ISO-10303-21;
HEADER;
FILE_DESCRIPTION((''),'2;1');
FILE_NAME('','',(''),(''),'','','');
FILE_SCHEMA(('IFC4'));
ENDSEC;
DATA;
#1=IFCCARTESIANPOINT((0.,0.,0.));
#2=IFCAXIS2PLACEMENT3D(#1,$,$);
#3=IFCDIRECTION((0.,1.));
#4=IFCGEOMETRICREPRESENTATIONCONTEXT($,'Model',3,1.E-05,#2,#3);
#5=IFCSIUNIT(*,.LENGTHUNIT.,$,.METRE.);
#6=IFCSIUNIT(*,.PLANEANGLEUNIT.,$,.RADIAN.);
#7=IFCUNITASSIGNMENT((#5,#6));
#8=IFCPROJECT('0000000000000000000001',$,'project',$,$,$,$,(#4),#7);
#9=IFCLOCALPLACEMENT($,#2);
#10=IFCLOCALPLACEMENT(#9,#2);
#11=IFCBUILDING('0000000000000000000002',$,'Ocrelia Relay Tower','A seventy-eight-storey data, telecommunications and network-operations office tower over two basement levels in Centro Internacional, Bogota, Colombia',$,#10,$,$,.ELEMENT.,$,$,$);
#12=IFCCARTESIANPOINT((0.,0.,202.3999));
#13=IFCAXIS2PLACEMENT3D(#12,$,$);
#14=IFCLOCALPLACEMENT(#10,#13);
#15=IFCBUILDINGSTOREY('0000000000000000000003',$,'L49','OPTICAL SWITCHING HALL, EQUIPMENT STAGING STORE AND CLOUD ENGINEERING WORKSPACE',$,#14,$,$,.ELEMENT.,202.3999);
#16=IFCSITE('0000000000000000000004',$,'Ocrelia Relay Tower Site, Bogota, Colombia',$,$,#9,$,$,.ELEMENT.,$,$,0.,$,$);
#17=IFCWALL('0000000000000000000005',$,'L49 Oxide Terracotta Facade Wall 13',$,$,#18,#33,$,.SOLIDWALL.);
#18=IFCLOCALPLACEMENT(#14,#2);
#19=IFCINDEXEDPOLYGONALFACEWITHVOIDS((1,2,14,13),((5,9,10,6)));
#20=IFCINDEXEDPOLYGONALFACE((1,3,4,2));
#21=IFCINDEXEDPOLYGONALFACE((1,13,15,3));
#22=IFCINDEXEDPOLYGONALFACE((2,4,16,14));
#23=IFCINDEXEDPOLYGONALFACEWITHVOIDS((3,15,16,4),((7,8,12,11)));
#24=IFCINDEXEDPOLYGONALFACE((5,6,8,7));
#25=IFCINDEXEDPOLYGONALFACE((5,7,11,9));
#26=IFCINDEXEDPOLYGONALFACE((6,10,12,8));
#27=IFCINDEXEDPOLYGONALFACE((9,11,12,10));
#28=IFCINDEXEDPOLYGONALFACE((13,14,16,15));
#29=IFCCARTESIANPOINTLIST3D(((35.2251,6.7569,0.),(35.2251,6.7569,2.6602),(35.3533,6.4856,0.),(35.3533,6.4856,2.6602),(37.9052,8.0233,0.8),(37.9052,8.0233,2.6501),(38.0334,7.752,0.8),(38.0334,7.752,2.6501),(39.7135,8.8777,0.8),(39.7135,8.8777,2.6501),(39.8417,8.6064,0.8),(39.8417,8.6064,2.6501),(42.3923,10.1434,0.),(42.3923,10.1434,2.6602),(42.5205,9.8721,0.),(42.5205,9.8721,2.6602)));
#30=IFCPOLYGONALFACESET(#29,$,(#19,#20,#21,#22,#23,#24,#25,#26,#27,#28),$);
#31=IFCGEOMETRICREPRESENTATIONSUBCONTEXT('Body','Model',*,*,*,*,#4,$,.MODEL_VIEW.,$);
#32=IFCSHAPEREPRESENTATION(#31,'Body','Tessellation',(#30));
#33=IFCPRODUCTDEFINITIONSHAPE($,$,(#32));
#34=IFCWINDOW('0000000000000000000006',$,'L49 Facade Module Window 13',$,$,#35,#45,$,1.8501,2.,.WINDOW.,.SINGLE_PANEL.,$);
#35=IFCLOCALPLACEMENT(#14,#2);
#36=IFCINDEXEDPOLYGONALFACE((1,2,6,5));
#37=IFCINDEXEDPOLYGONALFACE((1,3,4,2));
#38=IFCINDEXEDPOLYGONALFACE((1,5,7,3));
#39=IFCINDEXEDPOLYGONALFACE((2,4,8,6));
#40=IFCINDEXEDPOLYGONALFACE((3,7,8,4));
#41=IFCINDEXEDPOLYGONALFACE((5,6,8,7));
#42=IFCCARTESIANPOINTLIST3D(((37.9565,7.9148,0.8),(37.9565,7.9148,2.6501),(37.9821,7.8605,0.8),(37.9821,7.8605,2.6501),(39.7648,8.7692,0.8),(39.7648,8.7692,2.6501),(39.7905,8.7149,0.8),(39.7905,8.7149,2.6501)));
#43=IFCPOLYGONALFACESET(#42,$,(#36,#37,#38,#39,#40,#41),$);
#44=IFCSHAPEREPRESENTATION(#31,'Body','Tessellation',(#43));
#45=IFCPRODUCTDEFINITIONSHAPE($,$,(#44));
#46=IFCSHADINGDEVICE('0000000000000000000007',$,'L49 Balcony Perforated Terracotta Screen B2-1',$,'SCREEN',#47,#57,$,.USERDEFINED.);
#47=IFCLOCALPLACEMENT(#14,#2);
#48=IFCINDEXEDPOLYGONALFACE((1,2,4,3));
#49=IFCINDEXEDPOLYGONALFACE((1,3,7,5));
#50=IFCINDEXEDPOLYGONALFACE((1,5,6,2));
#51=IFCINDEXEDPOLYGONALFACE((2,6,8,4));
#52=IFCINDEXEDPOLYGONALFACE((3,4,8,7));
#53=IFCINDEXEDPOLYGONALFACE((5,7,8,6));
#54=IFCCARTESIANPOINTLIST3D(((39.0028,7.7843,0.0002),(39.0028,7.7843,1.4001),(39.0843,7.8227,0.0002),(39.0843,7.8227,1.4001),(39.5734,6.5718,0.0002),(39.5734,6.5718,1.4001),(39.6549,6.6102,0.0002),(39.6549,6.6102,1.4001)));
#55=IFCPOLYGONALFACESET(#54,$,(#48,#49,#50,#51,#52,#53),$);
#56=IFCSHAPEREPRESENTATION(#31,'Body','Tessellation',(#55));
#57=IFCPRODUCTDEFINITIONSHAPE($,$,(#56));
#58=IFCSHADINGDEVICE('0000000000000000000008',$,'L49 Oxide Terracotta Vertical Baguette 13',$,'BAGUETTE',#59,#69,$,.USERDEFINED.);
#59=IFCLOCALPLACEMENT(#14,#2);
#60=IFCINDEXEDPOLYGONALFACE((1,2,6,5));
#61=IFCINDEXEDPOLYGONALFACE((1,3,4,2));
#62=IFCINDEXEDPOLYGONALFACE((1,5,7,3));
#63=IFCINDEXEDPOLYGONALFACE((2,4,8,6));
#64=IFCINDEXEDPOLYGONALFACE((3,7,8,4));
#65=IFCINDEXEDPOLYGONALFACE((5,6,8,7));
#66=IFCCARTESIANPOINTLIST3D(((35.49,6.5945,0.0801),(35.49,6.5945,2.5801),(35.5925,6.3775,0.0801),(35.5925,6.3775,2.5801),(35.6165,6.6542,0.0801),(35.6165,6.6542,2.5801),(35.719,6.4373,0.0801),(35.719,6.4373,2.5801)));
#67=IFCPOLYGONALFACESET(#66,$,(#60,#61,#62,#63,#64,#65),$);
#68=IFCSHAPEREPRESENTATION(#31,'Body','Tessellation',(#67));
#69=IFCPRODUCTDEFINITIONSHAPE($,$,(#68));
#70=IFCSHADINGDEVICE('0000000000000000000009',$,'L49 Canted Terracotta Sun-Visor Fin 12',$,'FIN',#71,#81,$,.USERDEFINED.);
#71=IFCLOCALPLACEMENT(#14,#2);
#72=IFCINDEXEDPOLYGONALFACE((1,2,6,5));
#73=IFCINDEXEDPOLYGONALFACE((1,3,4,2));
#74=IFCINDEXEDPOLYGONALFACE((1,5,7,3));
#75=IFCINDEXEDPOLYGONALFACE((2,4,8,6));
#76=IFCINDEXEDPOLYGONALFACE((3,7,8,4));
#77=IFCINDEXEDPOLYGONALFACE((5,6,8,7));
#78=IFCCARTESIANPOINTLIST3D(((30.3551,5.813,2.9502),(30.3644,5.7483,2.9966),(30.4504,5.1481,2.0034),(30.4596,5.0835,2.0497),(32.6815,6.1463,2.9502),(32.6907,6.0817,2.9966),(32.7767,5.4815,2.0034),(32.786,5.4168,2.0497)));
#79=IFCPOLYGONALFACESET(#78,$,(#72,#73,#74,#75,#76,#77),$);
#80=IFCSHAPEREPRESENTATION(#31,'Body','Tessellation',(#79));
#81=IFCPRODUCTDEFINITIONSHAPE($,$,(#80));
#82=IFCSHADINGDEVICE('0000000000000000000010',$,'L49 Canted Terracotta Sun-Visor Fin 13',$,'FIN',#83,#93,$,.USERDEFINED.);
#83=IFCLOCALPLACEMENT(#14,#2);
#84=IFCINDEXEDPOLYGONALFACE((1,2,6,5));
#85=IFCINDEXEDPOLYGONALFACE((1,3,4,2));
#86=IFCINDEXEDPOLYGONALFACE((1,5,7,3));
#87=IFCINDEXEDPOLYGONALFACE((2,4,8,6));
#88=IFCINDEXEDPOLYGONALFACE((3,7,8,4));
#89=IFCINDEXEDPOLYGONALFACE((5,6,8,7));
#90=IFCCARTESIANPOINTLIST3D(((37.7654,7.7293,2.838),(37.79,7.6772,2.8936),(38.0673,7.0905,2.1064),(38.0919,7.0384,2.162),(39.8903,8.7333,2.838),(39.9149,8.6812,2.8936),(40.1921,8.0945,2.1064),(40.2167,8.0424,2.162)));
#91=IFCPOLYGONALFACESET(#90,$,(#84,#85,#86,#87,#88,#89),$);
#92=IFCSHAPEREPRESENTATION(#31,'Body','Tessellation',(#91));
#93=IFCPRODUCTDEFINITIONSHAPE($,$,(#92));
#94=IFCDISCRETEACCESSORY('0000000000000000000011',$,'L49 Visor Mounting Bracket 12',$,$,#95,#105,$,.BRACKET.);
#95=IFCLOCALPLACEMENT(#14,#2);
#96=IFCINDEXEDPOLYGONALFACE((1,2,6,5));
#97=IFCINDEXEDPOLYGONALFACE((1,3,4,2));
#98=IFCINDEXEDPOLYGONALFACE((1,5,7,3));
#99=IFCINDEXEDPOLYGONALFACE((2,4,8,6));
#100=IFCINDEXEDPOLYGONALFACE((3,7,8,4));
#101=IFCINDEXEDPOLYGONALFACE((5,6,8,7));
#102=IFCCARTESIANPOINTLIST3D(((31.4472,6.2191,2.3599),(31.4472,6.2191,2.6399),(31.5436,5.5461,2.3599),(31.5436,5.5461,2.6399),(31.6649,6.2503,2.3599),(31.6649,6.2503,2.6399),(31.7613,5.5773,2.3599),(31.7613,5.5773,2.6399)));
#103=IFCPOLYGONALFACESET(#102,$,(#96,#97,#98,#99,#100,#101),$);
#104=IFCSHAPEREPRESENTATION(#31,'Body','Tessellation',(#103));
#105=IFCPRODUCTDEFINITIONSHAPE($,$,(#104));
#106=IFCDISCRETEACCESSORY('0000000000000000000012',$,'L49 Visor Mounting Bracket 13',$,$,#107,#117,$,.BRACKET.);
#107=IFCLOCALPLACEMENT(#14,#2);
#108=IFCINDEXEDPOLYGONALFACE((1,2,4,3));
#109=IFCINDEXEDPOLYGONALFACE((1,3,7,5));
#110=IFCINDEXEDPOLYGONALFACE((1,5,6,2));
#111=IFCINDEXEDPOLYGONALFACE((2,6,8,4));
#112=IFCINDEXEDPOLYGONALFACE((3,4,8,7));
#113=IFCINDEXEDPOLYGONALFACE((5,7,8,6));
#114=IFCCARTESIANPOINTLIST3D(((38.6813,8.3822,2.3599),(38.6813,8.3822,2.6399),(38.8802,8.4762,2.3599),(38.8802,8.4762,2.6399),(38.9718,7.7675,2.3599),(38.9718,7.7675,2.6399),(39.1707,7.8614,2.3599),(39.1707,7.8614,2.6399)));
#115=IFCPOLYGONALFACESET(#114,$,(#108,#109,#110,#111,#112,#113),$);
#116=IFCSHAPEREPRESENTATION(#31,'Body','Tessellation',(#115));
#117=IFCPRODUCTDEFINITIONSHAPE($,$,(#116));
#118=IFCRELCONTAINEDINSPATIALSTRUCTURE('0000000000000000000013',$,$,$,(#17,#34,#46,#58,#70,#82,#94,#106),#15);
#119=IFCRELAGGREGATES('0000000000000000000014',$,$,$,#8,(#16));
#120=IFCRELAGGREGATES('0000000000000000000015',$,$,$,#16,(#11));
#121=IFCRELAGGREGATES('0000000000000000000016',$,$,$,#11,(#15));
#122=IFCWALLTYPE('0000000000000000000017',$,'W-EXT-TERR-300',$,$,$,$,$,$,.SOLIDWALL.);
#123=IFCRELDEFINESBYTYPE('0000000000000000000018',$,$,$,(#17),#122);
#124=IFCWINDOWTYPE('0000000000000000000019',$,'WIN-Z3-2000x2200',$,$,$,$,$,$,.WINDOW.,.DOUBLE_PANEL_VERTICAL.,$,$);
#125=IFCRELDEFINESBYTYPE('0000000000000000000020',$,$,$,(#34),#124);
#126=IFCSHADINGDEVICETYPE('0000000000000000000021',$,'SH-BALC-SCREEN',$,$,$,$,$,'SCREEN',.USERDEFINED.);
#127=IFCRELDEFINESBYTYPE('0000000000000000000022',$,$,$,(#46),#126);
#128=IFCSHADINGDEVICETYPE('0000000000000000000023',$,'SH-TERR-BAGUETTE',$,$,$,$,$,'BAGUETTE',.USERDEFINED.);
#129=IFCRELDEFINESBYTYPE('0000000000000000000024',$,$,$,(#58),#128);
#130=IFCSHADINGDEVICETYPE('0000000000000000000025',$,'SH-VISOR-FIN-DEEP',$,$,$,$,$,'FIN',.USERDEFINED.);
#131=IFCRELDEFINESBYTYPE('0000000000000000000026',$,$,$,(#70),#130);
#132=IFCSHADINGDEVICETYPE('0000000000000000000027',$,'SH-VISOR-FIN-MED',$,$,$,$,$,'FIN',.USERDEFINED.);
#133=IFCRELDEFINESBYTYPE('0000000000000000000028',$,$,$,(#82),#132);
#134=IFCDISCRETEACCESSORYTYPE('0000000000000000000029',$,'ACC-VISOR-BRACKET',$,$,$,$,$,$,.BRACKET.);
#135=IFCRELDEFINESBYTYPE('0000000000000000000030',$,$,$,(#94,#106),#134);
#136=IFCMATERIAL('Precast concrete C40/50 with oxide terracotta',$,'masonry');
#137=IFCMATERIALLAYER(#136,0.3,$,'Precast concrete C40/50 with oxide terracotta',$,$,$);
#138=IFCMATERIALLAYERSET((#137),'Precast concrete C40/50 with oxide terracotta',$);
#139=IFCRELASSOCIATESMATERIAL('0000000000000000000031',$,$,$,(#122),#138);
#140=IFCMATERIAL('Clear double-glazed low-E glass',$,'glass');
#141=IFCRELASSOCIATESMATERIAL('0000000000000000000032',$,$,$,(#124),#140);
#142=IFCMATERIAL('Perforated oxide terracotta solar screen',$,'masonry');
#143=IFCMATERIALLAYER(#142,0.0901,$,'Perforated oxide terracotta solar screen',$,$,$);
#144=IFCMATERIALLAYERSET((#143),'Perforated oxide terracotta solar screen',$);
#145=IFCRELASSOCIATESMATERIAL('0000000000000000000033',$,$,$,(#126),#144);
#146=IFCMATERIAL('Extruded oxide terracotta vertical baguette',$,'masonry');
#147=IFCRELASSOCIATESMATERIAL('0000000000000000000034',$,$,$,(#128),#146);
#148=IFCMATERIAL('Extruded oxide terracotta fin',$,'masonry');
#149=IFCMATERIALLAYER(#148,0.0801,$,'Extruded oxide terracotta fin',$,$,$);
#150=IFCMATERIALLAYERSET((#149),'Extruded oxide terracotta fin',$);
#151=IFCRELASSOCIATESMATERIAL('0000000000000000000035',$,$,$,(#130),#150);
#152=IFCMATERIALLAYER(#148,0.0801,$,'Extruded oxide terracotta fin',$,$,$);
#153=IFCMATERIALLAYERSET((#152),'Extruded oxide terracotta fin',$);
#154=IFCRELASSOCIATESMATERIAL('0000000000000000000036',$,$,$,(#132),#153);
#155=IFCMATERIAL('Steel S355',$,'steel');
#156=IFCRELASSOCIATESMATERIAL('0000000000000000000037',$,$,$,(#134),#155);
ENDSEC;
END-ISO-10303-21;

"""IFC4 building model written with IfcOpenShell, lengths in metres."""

from ifc_helpers import new_model, si_unit, direction, frame, frame_2d, origin, origin_2d, place, context, subcontext, project, spatial, rectangle, extrude, material, layer, layer_set, type_object, element, fill, save


model = new_model("IFC4")

# Units and contexts
model_context = context("Model", 3, precision=1e-05, world=origin(), true_north=direction((0.0, 1.0)))
body_context = subcontext(model_context, "Body", "Model", "MODEL_VIEW")
ifc_project = project(units=[si_unit("LENGTHUNIT", "METRE"), si_unit("PLANEANGLEUNIT", "RADIAN")], contexts=[model_context])

# Site, building, storey
site_placement = place(None, origin())
site = spatial("IfcSite", under=ifc_project, at=site_placement, Name="Ocrelia Relay Tower Site, Bogota, Colombia", CompositionType="ELEMENT", RefElevation=0.0)
building_placement = place(site_placement, origin())
building = spatial("IfcBuilding", under=site, at=building_placement, Name="Ocrelia Relay Tower", Description="A seventy-eight-storey data, telecommunications and network-operations office tower over two basement levels in Centro Internacional, Bogota, Colombia", CompositionType="ELEMENT")
storey_placement = place(building_placement, frame((0.0, 0.0, 202.3999)))
storey = spatial("IfcBuildingStorey", under=building, at=storey_placement, Name="L49", Description="OPTICAL SWITCHING HALL, EQUIPMENT STAGING STORE AND CLOUD ENGINEERING WORKSPACE", CompositionType="ELEMENT", Elevation=202.3999)

# Shared definitions
ifc_material_1 = material(Name="Steel S355", Category="steel")

# Wall, opening, window
ifc_material_2 = material(Name="Precast concrete C40/50 with oxide terracotta", Category="masonry")
ifc_layer_1 = layer(ifc_material_2, 0.3, Name="Precast concrete C40/50 with oxide terracotta")
ifc_layer_set_1 = layer_set([ifc_layer_1], Name="Precast concrete C40/50 with oxide terracotta")
wall_type_1 = type_object("IfcWallType", Name="W-EXT-TERR-300", PredefinedType="SOLIDWALL", material=ifc_layer_set_1)
wall_1_placement = place(storey_placement, frame((35.2893, 6.6213, 0.0), z_axis=(0.0, 0.0, 1.0), x_axis=(0.904154, 0.427207, 0.0)))
wall_1 = element("IfcWall", 1, at=wall_1_placement, inside=storey, type_object=wall_type_1, Name="L49 Oxide Terracotta Facade Wall 13", PredefinedType="SOLIDWALL", context=body_context, shape_type="SweptSolid", body=[
    extrude(rectangle(XDim=7.927, YDim=0.3, at=frame_2d((3.9634, 0.0))), origin(), (0.0, 0.0, 1.0), 2.6602),
])
opening_1_placement = place(wall_1_placement, frame((2.9641, 0.0, 0.8)))
opening_1 = element("IfcOpeningElement", 2, at=opening_1_placement, cuts=wall_1, PredefinedType="OPENING", context=body_context, shape_type="SweptSolid", body=[
    extrude(rectangle(XDim=2.0, YDim=1.8501, at=frame_2d((1.0, 0.925))), frame((0.0, 0.1602, 0.0), z_axis=(0.0, -1.0, 0.0), x_axis=(1.0, 0.0, 0.0)), (0.0, 0.0, 1.0), 0.3201),
])
ifc_material_3 = material(Name="Clear double-glazed low-E glass", Category="glass")
window_type = type_object("IfcWindowType", Name="WIN-Z3-2000x2200", PartitioningType="DOUBLE_PANEL_VERTICAL", PredefinedType="WINDOW", material=ifc_material_3)
window_placement = place(opening_1_placement, origin())
window = element("IfcWindow", 3, at=window_placement, inside=storey, type_object=window_type, Name="L49 Facade Module Window 13", OverallHeight=1.8501, OverallWidth=2.0, PartitioningType="SINGLE_PANEL", PredefinedType="WINDOW", context=body_context, shape_type="SweptSolid", body=[
    extrude(rectangle(XDim=2.0, YDim=1.8501, at=frame_2d((1.0, 0.925))), frame((0.0, 0.03, 0.0), z_axis=(0.0, -1.0, 0.0), x_axis=(1.0, 0.0, 0.0)), (0.0, 0.0, 1.0), 0.0601),
])
fill(opening_1, window)

# Shading devices
ifc_material_4 = material(Name="Perforated oxide terracotta solar screen", Category="masonry")
ifc_layer_2 = layer(ifc_material_4, 0.0901, Name="Perforated oxide terracotta solar screen")
ifc_layer_set_2 = layer_set([ifc_layer_2], Name="Perforated oxide terracotta solar screen")
shading_device_type_1 = type_object("IfcShadingDeviceType", Name="SH-BALC-SCREEN", ElementType="SCREEN", PredefinedType="USERDEFINED", material=ifc_layer_set_2)
shading_device_1_placement = place(storey_placement, frame((39.3289, 7.1973, 0.0002), z_axis=(0.0, 0.0, 1.0), x_axis=(0.425845, -0.904796, 0.0)))
element("IfcShadingDevice", 4, at=shading_device_1_placement, inside=storey, type_object=shading_device_type_1, Name="L49 Balcony Perforated Terracotta Screen B2-1", ObjectType="SCREEN", PredefinedType="USERDEFINED", context=body_context, shape_type="SweptSolid", body=[
    extrude(rectangle(XDim=1.3401, YDim=0.0901, at=origin_2d()), origin(), (0.0, 0.0, 1.0), 1.3999),
])
ifc_material_5 = material(Name="Extruded oxide terracotta vertical baguette", Category="masonry")
shading_device_type_2 = type_object("IfcShadingDeviceType", Name="SH-TERR-BAGUETTE", ElementType="BAGUETTE", PredefinedType="USERDEFINED", material=ifc_material_5)
shading_device_2_placement = place(storey_placement, frame((35.6045, 6.5159, 0.0801), z_axis=(0.0, 0.0, 1.0), x_axis=(0.904147, 0.427222, 0.0)))
element("IfcShadingDevice", 5, at=shading_device_2_placement, inside=storey, type_object=shading_device_type_2, Name="L49 Oxide Terracotta Vertical Baguette 13", ObjectType="BAGUETTE", PredefinedType="USERDEFINED", context=body_context, shape_type="SweptSolid", body=[
    extrude(rectangle(XDim=0.1399, YDim=0.24, at=origin_2d()), origin(), (0.0, 0.0, 1.0), 2.5),
])
ifc_material_6 = material(Name="Extruded oxide terracotta fin", Category="masonry")
ifc_layer_3 = layer(ifc_material_6, 0.0801, Name="Extruded oxide terracotta fin")
ifc_layer_set_3 = layer_set([ifc_layer_3], Name="Extruded oxide terracotta fin")
shading_device_type_3 = type_object("IfcShadingDeviceType", Name="SH-VISOR-FIN-DEEP", ElementType="FIN", PredefinedType="USERDEFINED", material=ifc_layer_set_3)
shading_device_3_placement = place(storey_placement, frame((31.5659, 5.6472, 2.4768), z_axis=(0.115692, -0.807386, 0.57857), x_axis=(0.989889, 0.141843, 0.0)))
element("IfcShadingDevice", 6, at=shading_device_3_placement, inside=storey, type_object=shading_device_type_3, Name="L49 Canted Terracotta Sun-Visor Fin 12", ObjectType="FIN", PredefinedType="USERDEFINED", context=body_context, shape_type="SweptSolid", body=[
    extrude(rectangle(XDim=2.3501, YDim=1.1609, at=origin_2d()), origin(), (0.0, 0.0, 1.0), 0.0801),
])
ifc_layer_4 = layer(ifc_material_6, 0.0801, Name="Extruded oxide terracotta fin")
ifc_layer_set_4 = layer_set([ifc_layer_4], Name="Extruded oxide terracotta fin")
shading_device_type_4 = type_object("IfcShadingDeviceType", Name="SH-VISOR-FIN-MED", ElementType="FIN", PredefinedType="USERDEFINED", material=ifc_layer_set_4)
shading_device_4_placement = place(storey_placement, frame((38.9788, 7.9119, 2.4722), z_axis=(0.307318, -0.650389, 0.694658), x_axis=(0.904147, 0.427222, 0.0)))
element("IfcShadingDevice", 7, at=shading_device_4_placement, inside=storey, type_object=shading_device_type_4, Name="L49 Canted Terracotta Sun-Visor Fin 13", ObjectType="FIN", PredefinedType="USERDEFINED", context=body_context, shape_type="SweptSolid", body=[
    extrude(rectangle(XDim=2.3501, YDim=1.0171, at=origin_2d()), origin(), (0.0, 0.0, 1.0), 0.0801),
])

# Discrete accessories
discrete_accessory_type = type_object("IfcDiscreteAccessoryType", Name="ACC-VISOR-BRACKET", PredefinedType="BRACKET", material=ifc_material_1)
for number, where, z_axis, x_axis, name in (
    (8, (31.6042, 5.8982, 2.3599), (0.0, 0.0, 1.0), (0.989889, 0.141843, 0.0), "L49 Visor Mounting Bracket 12"),
    (9, (38.926, 8.1218, 2.3599), (0.0, 0.0, 1.0), (0.904147, 0.427222, 0.0), "L49 Visor Mounting Bracket 13"),
):
    element("IfcDiscreteAccessory", number, at=place(storey_placement, frame(where, z_axis=z_axis, x_axis=x_axis)), inside=storey, type_object=discrete_accessory_type, Name=name, PredefinedType="BRACKET", context=body_context, shape_type="SweptSolid", body=[
        extrude(rectangle(XDim=0.22, YDim=0.6799, at=origin_2d()), origin(), (0.0, 0.0, 1.0), 0.28),
    ])

save(model, "model.ifc")
